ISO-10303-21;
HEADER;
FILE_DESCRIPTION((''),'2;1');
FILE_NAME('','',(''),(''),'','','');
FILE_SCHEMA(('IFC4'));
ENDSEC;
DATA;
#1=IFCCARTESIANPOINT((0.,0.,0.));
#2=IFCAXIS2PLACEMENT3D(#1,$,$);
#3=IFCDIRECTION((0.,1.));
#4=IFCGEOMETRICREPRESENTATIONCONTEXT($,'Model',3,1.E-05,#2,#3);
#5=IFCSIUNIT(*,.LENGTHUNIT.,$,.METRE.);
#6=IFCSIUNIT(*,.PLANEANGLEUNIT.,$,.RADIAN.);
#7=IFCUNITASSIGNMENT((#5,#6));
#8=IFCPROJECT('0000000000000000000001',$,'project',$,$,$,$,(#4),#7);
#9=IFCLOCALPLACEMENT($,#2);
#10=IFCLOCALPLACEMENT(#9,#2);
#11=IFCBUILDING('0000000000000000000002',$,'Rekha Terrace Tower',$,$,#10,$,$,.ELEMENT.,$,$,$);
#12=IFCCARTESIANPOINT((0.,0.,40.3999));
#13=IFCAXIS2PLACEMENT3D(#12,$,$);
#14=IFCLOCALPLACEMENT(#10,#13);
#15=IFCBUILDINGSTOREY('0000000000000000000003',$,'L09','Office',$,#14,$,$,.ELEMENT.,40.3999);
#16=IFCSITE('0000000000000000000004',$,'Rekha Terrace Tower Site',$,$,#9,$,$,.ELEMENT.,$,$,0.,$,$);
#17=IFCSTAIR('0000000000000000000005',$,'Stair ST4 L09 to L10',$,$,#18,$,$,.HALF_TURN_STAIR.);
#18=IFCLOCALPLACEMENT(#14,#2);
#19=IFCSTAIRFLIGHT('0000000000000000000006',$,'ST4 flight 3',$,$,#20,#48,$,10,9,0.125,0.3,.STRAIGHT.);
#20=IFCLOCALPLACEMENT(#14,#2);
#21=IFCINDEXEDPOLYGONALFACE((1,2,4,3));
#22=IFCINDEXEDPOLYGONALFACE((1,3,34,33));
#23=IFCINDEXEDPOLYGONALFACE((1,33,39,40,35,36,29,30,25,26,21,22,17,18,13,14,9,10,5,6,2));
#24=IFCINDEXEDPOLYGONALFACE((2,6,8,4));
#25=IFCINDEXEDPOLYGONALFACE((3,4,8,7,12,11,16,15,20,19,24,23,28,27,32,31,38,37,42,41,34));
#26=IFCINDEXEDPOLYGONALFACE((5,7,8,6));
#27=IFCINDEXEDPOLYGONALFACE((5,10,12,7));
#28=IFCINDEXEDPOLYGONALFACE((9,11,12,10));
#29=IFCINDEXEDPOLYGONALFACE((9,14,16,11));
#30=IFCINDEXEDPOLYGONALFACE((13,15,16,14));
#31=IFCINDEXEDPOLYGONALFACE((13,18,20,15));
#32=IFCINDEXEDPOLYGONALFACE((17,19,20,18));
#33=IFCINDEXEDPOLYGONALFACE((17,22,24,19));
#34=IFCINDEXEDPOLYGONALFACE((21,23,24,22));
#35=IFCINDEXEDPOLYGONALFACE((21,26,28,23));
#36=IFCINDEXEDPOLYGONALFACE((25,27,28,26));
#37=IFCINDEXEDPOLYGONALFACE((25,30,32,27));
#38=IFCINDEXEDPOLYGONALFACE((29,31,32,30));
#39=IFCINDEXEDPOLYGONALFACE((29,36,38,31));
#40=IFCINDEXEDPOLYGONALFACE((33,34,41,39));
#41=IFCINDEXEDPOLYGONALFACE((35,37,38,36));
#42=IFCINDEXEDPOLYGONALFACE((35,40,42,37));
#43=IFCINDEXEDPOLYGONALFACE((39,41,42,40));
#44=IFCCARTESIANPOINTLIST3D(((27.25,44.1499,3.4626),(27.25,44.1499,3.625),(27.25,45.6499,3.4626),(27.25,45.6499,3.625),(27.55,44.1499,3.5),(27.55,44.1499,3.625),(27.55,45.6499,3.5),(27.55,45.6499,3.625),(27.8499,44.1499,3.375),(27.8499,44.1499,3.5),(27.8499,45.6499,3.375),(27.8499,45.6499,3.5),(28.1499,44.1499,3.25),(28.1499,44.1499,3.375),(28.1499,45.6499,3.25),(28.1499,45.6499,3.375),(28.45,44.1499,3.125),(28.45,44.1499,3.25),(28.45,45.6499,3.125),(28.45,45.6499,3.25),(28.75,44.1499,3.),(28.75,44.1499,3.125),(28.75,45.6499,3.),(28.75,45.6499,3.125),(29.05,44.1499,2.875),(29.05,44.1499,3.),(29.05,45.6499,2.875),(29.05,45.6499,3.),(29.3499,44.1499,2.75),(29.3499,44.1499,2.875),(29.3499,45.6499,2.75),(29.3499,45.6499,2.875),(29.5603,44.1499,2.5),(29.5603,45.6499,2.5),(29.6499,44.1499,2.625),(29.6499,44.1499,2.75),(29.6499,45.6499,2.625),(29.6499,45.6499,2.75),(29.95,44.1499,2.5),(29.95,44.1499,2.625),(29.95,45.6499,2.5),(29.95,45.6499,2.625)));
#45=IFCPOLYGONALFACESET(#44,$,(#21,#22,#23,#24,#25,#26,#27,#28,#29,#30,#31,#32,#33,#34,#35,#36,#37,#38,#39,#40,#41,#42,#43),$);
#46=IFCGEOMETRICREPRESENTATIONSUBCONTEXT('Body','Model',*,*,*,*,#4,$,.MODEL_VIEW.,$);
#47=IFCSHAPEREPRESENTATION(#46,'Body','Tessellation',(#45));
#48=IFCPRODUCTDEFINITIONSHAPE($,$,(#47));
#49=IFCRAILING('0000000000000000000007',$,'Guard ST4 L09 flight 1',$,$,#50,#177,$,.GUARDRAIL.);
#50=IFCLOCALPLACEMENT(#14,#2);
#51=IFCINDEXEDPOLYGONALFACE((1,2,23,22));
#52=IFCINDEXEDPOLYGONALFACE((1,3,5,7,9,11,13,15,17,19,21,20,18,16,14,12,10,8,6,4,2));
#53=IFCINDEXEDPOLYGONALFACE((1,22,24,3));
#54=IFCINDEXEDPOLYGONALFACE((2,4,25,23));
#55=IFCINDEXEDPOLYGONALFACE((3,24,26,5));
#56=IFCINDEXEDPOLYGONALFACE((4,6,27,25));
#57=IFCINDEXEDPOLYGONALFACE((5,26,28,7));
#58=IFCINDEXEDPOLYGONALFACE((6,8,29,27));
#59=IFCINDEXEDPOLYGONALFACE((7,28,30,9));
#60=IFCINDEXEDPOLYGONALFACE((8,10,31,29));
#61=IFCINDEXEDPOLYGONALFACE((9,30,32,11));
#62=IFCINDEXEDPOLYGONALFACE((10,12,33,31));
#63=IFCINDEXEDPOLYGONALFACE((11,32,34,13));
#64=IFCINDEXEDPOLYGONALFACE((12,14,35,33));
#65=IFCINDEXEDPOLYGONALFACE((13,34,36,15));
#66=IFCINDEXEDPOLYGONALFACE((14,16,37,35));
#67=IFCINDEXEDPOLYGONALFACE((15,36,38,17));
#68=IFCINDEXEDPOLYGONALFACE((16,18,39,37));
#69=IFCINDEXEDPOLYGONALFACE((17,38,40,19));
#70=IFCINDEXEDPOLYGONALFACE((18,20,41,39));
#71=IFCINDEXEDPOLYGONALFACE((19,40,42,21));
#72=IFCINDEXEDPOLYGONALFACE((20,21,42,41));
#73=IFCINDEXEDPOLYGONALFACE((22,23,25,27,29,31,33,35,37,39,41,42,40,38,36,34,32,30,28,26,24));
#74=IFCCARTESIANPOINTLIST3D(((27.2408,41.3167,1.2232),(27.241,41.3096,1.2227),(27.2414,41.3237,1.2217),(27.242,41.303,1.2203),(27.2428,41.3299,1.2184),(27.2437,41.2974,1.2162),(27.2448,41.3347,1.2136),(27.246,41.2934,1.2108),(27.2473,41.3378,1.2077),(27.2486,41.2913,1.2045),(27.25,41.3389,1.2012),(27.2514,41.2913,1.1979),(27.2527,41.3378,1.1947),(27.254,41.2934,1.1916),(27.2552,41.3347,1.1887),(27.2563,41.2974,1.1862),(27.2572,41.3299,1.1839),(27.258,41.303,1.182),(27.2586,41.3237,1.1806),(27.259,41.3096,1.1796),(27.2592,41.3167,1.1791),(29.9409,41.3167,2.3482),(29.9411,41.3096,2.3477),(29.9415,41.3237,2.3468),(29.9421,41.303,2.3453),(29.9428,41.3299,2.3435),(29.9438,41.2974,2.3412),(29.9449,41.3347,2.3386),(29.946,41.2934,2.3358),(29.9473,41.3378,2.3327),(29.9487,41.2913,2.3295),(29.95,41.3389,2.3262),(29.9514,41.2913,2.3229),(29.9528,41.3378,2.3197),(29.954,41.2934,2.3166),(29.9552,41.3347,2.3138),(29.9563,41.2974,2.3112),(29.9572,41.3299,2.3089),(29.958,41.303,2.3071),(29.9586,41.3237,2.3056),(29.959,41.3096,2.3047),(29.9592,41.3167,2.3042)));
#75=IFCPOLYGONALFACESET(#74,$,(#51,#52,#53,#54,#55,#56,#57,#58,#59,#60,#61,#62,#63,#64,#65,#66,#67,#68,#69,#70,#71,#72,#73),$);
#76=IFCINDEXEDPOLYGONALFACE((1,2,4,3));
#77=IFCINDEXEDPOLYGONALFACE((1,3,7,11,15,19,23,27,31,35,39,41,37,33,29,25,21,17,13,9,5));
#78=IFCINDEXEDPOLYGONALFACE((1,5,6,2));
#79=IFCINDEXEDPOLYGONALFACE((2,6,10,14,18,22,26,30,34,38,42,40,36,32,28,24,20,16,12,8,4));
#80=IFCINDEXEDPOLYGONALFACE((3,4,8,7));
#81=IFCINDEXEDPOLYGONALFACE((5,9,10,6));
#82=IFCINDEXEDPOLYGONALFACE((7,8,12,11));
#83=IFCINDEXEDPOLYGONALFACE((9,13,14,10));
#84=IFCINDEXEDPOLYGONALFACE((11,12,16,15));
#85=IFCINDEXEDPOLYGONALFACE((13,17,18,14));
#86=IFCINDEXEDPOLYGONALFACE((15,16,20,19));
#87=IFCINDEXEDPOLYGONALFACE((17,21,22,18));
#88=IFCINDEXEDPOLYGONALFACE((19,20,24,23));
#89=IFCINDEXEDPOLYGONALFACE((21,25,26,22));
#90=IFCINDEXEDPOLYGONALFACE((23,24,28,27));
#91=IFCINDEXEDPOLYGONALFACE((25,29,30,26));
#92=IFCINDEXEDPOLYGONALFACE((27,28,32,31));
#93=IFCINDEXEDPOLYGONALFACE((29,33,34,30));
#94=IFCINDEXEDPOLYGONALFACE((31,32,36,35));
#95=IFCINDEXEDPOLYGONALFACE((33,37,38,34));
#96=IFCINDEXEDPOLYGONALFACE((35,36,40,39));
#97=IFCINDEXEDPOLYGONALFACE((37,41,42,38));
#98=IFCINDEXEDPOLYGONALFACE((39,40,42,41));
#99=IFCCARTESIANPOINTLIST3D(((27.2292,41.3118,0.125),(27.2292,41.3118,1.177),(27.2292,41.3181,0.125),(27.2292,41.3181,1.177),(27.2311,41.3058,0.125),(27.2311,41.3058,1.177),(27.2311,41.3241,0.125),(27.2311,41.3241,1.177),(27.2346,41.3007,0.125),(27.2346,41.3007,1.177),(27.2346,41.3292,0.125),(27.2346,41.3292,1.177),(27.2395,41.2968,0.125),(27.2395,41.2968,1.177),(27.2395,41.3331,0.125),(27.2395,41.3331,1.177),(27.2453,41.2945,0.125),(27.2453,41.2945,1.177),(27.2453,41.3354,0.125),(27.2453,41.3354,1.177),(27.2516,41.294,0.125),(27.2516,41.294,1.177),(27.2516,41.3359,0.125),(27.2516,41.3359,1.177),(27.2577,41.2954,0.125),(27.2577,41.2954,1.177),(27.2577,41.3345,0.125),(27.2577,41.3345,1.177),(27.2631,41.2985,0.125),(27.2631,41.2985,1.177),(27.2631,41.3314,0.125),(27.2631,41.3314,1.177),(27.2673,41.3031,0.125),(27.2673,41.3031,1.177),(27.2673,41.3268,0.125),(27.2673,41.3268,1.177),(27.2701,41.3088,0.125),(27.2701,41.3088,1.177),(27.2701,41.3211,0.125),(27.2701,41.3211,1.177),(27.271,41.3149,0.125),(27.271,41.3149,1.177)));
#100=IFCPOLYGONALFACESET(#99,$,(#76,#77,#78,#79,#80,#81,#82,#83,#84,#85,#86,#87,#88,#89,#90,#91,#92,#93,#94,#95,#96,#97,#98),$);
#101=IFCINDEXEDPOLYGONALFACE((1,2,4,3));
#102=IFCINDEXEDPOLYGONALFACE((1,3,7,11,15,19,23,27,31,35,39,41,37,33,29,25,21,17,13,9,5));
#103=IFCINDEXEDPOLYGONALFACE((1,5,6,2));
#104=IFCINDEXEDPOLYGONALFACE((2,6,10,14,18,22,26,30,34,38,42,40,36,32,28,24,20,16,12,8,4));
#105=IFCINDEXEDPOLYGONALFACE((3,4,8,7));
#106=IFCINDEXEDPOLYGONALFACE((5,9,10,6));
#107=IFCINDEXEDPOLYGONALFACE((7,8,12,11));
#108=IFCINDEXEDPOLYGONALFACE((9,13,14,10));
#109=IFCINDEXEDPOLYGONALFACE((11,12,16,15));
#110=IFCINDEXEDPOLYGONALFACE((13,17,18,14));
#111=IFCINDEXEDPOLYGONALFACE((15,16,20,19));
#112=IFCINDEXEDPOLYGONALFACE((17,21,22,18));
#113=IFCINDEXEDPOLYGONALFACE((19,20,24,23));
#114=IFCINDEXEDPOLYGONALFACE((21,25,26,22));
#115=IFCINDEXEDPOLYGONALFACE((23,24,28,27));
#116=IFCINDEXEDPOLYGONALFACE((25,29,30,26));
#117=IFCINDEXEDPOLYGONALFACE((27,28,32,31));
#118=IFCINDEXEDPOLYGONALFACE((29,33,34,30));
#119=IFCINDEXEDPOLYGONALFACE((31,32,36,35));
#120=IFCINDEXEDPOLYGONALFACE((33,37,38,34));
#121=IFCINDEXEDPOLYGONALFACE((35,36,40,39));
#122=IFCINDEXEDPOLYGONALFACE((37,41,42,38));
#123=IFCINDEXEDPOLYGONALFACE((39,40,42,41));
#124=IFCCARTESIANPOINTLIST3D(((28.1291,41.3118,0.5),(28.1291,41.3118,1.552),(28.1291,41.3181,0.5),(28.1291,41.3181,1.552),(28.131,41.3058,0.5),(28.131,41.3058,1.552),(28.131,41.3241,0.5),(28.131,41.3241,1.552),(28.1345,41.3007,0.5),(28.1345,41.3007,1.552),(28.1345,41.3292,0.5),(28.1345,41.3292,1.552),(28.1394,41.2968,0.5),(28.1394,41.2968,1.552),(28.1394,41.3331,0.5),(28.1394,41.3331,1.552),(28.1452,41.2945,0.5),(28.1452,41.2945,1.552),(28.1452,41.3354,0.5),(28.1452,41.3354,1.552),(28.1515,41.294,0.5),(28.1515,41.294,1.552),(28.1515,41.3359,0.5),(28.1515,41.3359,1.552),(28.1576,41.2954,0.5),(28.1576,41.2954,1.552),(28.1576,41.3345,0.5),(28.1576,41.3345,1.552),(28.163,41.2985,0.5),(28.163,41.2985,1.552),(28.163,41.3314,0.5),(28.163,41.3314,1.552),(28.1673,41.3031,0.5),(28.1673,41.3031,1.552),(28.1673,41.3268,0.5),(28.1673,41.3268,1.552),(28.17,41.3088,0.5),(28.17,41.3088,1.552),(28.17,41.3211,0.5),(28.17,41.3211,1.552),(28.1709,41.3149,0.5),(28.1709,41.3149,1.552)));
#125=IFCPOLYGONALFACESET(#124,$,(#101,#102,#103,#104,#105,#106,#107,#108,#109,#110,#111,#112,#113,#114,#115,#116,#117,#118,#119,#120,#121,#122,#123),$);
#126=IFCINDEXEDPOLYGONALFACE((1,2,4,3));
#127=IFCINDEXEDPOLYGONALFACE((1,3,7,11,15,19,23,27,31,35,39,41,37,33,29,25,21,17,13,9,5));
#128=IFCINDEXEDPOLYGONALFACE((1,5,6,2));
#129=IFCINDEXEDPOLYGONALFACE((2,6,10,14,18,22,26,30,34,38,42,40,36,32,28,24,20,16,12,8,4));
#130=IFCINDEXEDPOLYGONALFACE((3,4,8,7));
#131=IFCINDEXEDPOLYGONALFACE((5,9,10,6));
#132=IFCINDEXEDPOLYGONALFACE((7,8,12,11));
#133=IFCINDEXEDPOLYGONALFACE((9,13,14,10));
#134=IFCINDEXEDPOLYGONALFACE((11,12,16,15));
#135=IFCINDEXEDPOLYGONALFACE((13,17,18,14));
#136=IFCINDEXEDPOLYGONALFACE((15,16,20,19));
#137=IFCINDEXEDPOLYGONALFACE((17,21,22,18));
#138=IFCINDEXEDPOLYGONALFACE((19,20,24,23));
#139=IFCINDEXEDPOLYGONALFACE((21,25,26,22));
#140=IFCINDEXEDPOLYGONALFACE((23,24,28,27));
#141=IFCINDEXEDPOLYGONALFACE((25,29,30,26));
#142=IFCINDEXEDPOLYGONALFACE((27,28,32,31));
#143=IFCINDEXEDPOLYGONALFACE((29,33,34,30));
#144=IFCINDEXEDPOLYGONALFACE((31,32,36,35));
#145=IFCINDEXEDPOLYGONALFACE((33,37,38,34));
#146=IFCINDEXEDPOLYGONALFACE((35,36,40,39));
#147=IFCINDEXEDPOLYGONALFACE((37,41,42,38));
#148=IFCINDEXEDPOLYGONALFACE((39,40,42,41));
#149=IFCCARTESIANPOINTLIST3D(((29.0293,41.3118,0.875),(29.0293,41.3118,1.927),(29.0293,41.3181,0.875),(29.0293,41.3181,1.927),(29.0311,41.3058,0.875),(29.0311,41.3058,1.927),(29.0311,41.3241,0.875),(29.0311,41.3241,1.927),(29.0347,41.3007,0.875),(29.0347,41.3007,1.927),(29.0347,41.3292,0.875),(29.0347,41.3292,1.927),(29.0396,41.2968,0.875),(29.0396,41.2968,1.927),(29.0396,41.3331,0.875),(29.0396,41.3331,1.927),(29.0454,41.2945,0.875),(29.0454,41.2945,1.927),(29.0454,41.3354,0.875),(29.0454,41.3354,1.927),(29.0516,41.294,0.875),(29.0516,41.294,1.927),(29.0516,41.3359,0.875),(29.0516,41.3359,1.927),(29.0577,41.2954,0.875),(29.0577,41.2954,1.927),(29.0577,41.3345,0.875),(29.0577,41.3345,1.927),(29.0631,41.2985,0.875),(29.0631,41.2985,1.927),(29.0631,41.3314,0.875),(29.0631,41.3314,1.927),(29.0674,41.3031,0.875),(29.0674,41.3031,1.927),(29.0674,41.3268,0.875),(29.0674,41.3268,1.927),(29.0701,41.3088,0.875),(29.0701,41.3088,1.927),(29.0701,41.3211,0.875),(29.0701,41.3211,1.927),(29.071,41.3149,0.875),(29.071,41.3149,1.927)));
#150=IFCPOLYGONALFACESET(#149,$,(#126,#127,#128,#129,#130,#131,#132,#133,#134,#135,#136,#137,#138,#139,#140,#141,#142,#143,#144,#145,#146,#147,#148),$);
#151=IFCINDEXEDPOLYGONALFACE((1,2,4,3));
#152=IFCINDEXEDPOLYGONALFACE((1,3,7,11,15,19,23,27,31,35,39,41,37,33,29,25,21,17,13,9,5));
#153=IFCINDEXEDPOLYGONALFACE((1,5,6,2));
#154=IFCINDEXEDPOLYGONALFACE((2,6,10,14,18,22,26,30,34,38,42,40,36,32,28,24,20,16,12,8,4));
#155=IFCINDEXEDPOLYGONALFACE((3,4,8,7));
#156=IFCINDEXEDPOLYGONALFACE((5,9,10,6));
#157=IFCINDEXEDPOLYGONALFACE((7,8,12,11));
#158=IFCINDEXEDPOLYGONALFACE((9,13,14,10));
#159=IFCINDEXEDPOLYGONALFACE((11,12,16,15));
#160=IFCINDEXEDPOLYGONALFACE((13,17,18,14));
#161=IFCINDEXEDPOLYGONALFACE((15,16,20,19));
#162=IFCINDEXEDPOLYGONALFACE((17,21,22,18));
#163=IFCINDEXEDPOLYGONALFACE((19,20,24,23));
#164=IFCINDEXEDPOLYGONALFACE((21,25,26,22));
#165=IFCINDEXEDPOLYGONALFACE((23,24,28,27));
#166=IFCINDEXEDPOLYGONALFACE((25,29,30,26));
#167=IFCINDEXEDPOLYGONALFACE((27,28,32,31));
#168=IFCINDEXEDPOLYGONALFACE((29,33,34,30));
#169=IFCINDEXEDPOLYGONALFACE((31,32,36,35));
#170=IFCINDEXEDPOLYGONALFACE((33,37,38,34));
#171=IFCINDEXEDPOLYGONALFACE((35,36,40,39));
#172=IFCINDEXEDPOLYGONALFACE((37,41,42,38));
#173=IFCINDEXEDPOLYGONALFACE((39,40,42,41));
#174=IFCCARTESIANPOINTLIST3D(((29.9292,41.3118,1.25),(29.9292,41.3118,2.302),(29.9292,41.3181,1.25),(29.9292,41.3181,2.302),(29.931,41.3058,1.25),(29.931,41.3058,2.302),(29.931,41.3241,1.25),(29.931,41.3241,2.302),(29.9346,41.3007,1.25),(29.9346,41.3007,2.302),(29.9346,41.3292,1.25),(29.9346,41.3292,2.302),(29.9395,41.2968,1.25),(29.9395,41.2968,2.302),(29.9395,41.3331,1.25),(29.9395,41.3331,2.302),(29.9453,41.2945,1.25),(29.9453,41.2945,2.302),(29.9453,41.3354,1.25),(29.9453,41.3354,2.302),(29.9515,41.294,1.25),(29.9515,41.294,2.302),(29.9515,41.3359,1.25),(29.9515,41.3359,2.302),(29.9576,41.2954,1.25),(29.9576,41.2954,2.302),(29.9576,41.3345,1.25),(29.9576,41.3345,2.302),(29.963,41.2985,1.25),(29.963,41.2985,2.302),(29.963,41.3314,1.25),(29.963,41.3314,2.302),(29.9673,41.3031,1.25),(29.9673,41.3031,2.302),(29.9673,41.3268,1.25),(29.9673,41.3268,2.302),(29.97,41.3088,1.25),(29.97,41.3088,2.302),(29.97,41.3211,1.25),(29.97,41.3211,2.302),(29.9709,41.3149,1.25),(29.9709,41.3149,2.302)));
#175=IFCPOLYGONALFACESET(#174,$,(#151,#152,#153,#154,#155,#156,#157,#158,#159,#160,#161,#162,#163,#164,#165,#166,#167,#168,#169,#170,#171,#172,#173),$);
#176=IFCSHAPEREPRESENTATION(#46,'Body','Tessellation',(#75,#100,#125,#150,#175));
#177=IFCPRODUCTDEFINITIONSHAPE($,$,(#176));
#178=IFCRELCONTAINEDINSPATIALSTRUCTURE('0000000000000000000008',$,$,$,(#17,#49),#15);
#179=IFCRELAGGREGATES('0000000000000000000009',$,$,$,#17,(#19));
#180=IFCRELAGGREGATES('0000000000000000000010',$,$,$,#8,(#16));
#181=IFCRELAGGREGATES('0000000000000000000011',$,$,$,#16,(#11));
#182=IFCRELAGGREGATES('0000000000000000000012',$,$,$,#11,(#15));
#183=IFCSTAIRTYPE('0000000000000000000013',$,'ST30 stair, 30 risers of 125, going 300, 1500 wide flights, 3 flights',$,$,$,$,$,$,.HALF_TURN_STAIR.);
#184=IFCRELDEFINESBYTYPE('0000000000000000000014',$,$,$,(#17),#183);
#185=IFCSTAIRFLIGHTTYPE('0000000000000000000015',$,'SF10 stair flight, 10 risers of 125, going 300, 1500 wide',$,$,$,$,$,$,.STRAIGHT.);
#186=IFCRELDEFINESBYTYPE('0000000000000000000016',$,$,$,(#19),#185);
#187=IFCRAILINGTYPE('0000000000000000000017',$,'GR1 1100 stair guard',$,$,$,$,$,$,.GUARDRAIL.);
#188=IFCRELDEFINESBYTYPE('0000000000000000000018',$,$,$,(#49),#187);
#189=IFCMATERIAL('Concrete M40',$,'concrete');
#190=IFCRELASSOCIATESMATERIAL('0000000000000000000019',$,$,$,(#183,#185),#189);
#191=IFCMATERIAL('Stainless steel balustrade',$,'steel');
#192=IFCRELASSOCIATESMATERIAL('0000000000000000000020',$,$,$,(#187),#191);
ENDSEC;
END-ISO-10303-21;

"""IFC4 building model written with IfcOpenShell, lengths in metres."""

from ifc_helpers import new_model, si_unit, direction, frame, origin, origin_2d, place, context, subcontext, project, spatial, polyline, circle, outline, extrude, material, type_object, element, aggregate, save


model = new_model("IFC4")

# Units and contexts
model_context = context("Model", 3, precision=1e-05, world=origin(), true_north=direction((0.0, 1.0)))
body_context = subcontext(model_context, "Body", "Model", "MODEL_VIEW")
ifc_project = project(units=[si_unit("LENGTHUNIT", "METRE"), si_unit("PLANEANGLEUNIT", "RADIAN")], contexts=[model_context])

# Site, building, storey
site_placement = place(None, origin())
site = spatial("IfcSite", under=ifc_project, at=site_placement, Name="Rekha Terrace Tower Site", CompositionType="ELEMENT", RefElevation=0.0)
building_placement = place(site_placement, origin())
building = spatial("IfcBuilding", under=site, at=building_placement, Name="Rekha Terrace Tower", CompositionType="ELEMENT")
storey_placement = place(building_placement, frame((0.0, 0.0, 40.3999)))
storey = spatial("IfcBuildingStorey", under=building, at=storey_placement, Name="L09", Description="Office", CompositionType="ELEMENT", Elevation=40.3999)

# Stair, stair flight
ifc_material_1 = material(Name="Concrete M40", Category="concrete")
stair_type = type_object("IfcStairType", Name="ST30 stair, 30 risers of 125, going 300, 1500 wide flights, 3 flights", PredefinedType="HALF_TURN_STAIR", material=ifc_material_1)
stair_placement = place(storey_placement, origin())
stair = element("IfcStair", 1, at=stair_placement, inside=storey, type_object=stair_type, Name="Stair ST4 L09 to L10", PredefinedType="HALF_TURN_STAIR")
stair_flight_type = type_object("IfcStairFlightType", Name="SF10 stair flight, 10 risers of 125, going 300, 1500 wide", PredefinedType="STRAIGHT", material=ifc_material_1)
stair_flight_1_placement = place(storey_placement, frame((29.95, 44.8999, 2.5), z_axis=(0.0, 0.0, 1.0), x_axis=(-1.0, 0.0, 0.0)))
stair_flight_1 = element("IfcStairFlight", 2, at=stair_flight_1_placement, type_object=stair_flight_type, Name="ST4 flight 3", NumberOfRisers=10, NumberOfTreads=9, PredefinedType="STRAIGHT", RiserHeight=0.125, TreadLength=0.3, context=body_context, shape_type="SweptSolid", body=[
    extrude(outline(polyline([(0.0, 0.0), (0.0, 0.125), (0.3, 0.125), (0.3, 0.25), (0.6001, 0.25), (0.6001, 0.375), (0.8999, 0.375), (0.8999, 0.5), (1.2, 0.5), (1.2, 0.625), (1.5, 0.625), (1.5, 0.75), (1.8, 0.75), (1.8, 0.875), (2.1001, 0.875), (2.1001, 1.0), (2.3999, 1.0), (2.3999, 1.125), (2.7, 1.125), (2.7, 1.25), (2.7, 0.9626), (0.3896, 0.0), (0.0, 0.0)])), frame((0.0, 0.75, 0.0), z_axis=(0.0, -1.0, 0.0), x_axis=(1.0, 0.0, 0.0)), (0.0, 0.0, 1.0), 1.5),
])
aggregate(stair, [stair_flight_1])

# Railing
ifc_material_2 = material(Name="Stainless steel balustrade", Category="steel")
railing_type_1 = type_object("IfcRailingType", Name="GR1 1100 stair guard", PredefinedType="GUARDRAIL", material=ifc_material_2)
railing_1_placement = place(storey_placement, frame((27.25, 41.3149, 0.125)))
element("IfcRailing", 3, at=railing_1_placement, inside=storey, type_object=railing_type_1, Name="Guard ST4 L09 flight 1", PredefinedType="GUARDRAIL", context=body_context, shape_type="SweptSolid", body=[
    extrude(circle(Radius=0.0239, at=origin_2d()), frame((0.0, 0.0, 1.0762), z_axis=(0.923074, 0.0, 0.384621), x_axis=(0.0, 1.0, 0.0)), (0.0, 0.0, 1.0), 2.925),
    extrude(circle(Radius=0.021, at=origin_2d()), origin(), (0.0, 0.0, 1.0), 1.052),
    extrude(circle(Radius=0.021, at=origin_2d()), frame((0.8999, 0.0, 0.375)), (0.0, 0.0, 1.0), 1.052),
    extrude(circle(Radius=0.021, at=origin_2d()), frame((1.8, 0.0, 0.75)), (0.0, 0.0, 1.0), 1.052),
    extrude(circle(Radius=0.021, at=origin_2d()), frame((2.7, 0.0, 1.125)), (0.0, 0.0, 1.0), 1.052),
])

save(model, "model.ifc")
